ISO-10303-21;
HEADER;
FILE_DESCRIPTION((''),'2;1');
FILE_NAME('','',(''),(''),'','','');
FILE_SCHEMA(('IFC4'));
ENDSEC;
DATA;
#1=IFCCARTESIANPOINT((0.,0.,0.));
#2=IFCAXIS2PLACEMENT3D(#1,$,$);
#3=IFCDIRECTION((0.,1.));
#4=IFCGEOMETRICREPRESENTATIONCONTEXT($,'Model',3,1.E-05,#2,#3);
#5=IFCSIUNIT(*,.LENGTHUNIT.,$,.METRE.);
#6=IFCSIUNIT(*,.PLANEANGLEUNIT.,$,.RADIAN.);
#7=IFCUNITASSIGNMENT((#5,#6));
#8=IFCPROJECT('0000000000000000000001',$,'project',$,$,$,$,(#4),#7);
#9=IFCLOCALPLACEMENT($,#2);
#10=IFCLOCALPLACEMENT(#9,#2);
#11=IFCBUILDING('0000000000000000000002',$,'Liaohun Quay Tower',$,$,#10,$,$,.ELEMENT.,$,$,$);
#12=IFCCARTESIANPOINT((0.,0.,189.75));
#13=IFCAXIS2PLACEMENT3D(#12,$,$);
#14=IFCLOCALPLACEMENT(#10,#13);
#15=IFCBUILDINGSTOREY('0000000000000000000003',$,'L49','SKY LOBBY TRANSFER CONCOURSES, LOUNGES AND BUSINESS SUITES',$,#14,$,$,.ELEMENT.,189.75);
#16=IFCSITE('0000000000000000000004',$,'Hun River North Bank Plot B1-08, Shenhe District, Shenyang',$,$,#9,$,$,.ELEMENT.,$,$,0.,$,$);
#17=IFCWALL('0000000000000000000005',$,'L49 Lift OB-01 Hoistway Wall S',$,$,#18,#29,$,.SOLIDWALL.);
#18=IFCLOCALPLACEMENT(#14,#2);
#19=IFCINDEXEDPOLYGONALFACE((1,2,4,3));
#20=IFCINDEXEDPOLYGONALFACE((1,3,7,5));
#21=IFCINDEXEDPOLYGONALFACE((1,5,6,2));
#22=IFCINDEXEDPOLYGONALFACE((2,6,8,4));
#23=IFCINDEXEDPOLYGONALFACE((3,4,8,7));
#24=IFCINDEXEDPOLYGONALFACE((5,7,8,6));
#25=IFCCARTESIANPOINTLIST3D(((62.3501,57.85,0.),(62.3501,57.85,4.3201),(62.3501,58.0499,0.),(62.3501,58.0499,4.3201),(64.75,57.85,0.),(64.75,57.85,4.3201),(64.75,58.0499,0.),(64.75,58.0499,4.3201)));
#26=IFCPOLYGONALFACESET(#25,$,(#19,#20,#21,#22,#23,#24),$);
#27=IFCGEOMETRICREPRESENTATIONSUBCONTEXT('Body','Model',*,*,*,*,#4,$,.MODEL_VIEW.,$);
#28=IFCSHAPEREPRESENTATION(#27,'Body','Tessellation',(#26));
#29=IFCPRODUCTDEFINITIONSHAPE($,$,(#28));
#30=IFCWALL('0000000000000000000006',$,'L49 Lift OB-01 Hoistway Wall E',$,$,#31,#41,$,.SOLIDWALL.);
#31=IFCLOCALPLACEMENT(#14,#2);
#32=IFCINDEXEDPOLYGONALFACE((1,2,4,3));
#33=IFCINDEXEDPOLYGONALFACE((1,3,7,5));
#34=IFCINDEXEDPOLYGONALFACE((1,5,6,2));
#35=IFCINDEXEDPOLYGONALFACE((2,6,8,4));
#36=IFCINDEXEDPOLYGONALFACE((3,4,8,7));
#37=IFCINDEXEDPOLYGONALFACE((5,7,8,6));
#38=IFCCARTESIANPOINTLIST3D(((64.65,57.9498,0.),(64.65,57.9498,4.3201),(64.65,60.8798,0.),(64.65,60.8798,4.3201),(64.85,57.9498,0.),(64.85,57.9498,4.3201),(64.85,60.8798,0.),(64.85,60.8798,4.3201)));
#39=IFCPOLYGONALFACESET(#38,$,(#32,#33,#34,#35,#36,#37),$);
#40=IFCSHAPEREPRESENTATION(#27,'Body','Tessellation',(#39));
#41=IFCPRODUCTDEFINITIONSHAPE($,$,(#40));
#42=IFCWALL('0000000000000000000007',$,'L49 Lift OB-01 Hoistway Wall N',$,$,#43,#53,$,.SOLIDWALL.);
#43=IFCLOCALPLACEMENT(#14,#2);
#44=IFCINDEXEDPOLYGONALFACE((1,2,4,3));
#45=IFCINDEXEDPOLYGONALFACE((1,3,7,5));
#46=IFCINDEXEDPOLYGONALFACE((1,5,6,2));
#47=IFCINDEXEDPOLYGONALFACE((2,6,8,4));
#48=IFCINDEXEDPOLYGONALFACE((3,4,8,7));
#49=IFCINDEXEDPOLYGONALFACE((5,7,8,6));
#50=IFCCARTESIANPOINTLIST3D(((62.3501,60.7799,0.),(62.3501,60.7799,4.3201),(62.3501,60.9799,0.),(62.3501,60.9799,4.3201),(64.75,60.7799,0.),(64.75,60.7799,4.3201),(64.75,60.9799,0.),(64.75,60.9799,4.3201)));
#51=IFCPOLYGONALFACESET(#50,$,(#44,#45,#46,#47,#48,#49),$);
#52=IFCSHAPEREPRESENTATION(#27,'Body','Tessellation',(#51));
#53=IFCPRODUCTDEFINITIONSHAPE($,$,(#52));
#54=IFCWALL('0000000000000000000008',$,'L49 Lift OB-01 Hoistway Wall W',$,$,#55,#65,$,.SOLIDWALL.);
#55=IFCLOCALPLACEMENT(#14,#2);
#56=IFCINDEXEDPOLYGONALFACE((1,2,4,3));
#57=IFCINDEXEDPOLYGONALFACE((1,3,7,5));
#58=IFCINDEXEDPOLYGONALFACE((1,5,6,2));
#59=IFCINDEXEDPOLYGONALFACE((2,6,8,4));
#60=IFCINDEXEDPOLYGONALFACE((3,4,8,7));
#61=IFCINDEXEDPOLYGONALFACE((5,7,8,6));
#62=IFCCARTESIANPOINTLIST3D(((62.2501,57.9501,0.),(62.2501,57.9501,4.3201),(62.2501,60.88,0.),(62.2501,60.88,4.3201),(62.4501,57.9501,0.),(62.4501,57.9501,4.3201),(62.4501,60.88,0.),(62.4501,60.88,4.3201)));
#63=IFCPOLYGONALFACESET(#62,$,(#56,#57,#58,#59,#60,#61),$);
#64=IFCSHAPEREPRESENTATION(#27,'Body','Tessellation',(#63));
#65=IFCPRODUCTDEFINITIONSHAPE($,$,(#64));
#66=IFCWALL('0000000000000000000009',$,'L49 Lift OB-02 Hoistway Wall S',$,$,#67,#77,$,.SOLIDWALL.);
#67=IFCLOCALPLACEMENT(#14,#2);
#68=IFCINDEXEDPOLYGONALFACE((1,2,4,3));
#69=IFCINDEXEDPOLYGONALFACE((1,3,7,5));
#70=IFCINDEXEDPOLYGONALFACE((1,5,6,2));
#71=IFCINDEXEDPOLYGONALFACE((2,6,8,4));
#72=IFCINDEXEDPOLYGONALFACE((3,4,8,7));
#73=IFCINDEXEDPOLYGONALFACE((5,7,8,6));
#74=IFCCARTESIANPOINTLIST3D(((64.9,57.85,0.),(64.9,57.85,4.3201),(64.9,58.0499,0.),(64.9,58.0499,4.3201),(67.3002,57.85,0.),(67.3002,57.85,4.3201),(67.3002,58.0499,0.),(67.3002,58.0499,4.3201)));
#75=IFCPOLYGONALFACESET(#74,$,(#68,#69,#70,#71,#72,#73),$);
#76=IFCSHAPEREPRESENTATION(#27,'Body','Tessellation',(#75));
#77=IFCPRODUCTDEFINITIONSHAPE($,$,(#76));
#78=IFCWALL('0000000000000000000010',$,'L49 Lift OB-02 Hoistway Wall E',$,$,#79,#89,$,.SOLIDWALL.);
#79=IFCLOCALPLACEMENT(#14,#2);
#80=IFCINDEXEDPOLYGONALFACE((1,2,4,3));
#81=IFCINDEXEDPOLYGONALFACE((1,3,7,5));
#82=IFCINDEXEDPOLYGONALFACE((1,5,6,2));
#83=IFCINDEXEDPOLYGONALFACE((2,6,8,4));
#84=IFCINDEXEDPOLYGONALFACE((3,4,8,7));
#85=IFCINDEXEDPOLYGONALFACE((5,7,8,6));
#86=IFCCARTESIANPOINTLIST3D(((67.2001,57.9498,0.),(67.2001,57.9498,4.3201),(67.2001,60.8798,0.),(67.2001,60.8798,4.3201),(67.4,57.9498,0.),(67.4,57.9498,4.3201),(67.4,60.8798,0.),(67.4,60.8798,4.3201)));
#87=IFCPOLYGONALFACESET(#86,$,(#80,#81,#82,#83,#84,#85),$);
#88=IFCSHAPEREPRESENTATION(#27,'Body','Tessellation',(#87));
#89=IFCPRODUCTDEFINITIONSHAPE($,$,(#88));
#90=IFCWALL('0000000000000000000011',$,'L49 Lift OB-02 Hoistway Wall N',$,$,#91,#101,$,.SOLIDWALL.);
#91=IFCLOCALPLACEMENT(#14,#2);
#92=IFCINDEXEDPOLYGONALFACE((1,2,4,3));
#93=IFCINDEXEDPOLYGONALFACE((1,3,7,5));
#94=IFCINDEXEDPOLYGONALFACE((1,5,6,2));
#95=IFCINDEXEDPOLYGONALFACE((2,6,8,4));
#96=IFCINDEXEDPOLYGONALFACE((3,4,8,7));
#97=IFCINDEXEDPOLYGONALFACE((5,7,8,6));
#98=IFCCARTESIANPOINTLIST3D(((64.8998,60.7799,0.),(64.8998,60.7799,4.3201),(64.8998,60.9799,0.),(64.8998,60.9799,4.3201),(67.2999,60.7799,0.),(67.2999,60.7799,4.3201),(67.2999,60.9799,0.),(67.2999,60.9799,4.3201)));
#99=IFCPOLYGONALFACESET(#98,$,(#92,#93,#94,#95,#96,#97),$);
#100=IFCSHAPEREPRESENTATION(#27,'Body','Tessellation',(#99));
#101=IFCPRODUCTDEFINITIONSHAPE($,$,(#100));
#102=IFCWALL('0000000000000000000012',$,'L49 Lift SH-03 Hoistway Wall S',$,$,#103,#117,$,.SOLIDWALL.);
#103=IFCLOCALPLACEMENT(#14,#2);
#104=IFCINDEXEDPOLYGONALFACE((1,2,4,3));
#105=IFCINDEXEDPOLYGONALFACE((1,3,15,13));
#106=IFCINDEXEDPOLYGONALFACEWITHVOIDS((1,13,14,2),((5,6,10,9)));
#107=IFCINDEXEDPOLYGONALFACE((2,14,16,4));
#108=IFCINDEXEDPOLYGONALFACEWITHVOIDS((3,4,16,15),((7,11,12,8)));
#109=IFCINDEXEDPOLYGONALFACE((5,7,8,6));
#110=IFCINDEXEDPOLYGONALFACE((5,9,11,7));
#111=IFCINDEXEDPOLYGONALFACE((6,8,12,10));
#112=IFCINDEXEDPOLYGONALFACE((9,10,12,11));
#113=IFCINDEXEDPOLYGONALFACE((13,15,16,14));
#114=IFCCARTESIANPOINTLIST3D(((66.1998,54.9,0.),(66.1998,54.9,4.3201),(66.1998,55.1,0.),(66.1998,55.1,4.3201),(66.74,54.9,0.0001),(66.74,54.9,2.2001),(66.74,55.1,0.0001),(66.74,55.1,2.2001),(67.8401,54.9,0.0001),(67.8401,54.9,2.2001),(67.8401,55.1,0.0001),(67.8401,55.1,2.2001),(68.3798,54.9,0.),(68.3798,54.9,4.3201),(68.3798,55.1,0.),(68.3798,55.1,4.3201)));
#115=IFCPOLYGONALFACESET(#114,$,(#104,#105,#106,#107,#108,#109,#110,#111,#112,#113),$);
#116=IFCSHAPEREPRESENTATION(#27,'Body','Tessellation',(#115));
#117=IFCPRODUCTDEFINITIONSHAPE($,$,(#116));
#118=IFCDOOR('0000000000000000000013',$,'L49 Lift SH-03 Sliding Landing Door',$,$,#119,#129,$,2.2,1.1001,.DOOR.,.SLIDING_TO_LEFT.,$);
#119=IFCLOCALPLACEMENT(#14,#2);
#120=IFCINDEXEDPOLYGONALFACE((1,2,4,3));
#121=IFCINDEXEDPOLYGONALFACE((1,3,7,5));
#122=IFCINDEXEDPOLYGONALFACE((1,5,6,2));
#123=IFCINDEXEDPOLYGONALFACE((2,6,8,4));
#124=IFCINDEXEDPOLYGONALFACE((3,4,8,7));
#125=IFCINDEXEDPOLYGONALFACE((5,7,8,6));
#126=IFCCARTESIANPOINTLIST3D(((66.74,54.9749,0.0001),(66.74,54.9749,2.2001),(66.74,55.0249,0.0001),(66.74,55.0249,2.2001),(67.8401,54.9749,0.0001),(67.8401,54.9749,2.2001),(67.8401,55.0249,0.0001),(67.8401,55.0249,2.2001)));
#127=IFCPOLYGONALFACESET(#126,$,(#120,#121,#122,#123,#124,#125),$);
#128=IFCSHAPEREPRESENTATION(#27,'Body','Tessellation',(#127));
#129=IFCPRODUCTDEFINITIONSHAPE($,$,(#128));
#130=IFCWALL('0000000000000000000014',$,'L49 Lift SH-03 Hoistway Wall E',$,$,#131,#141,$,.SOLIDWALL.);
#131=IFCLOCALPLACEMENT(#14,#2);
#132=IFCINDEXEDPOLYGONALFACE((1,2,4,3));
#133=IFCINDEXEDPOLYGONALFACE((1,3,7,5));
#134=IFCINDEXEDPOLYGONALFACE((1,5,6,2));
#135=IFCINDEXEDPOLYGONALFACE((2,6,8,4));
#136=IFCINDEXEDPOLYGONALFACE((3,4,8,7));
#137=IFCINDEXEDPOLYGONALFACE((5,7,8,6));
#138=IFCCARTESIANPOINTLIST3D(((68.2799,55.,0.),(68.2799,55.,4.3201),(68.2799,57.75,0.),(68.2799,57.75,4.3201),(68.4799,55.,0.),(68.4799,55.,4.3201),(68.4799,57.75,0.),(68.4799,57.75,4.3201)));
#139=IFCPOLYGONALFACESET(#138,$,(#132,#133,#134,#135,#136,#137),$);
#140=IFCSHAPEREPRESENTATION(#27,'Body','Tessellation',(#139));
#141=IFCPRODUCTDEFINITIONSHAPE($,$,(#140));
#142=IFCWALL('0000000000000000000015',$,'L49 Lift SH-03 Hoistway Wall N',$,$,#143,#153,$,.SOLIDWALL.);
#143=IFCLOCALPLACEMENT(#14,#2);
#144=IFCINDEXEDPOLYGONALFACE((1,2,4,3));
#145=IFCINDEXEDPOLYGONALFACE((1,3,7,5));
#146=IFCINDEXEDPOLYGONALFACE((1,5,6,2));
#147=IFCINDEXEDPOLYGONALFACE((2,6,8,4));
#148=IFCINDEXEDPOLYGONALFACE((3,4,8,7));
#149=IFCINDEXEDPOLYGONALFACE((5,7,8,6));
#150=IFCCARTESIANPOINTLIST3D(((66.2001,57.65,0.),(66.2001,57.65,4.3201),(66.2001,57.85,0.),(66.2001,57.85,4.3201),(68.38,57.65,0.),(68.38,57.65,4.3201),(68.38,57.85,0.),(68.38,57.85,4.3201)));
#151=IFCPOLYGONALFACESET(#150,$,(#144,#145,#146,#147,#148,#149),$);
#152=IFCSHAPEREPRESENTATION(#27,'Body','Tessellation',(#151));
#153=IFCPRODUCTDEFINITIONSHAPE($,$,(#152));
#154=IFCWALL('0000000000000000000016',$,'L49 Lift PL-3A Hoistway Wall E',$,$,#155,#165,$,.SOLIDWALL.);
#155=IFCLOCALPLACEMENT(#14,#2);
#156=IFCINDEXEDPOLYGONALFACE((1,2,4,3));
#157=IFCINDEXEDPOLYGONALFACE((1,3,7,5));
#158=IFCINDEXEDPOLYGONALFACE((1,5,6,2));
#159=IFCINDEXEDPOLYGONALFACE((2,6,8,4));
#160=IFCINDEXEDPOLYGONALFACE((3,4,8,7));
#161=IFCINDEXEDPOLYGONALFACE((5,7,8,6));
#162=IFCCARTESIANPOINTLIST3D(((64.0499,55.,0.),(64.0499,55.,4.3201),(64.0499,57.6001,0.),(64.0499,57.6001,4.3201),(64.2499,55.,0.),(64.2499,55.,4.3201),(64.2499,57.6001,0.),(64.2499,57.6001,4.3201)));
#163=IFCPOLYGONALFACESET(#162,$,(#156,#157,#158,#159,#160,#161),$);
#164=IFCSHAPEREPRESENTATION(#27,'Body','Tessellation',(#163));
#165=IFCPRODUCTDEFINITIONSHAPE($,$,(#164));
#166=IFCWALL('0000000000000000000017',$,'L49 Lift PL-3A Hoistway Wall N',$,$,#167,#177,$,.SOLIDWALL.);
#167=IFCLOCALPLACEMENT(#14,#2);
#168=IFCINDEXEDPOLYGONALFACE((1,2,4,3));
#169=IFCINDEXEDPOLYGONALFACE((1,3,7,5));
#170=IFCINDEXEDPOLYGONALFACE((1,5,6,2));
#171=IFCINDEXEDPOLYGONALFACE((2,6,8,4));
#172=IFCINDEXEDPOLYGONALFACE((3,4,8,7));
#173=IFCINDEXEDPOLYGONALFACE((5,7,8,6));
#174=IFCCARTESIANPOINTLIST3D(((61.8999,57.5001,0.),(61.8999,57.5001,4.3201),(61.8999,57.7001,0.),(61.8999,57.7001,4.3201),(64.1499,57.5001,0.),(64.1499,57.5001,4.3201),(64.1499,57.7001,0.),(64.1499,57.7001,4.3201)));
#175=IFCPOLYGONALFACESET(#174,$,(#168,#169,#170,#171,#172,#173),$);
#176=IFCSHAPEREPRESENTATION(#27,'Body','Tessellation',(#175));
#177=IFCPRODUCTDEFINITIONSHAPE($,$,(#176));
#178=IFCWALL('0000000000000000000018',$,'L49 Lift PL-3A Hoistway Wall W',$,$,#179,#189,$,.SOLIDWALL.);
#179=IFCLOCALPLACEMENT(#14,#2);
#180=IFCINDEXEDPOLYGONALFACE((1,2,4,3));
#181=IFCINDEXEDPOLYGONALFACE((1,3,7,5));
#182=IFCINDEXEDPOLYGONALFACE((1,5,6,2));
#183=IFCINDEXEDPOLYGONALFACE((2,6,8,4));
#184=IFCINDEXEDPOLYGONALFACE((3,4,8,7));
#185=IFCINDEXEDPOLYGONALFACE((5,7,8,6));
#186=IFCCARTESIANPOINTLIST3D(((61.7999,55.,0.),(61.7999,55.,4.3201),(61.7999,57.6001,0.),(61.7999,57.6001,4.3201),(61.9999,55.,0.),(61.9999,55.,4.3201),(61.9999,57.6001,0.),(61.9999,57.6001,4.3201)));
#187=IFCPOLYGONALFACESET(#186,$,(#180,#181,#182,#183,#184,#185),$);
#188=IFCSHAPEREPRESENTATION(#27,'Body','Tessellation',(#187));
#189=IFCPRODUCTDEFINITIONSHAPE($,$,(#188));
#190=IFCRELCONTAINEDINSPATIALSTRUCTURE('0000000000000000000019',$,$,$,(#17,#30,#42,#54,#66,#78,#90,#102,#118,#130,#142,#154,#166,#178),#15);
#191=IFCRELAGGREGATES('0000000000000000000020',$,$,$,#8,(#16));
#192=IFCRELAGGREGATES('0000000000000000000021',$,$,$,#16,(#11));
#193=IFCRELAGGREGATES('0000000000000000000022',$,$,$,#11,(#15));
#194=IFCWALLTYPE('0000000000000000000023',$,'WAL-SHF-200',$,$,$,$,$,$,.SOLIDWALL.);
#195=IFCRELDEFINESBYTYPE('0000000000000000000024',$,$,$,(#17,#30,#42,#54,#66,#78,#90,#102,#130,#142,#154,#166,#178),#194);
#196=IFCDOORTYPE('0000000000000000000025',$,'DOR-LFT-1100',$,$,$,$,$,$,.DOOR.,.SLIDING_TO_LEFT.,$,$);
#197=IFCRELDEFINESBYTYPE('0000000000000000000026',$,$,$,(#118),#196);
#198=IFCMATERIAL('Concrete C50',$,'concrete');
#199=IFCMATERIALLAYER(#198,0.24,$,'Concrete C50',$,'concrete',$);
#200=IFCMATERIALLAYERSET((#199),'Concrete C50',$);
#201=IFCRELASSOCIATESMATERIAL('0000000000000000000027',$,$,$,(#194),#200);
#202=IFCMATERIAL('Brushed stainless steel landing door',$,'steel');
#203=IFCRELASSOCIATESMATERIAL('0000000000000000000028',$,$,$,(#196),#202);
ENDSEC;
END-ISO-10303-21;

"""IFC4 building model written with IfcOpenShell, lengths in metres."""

from ifc_helpers import new_model, si_unit, direction, frame, frame_2d, origin, place, context, subcontext, project, spatial, rectangle, extrude, source, transform, mapped, material, layer, layer_set, type_object, element, fill, save


model = new_model("IFC4")

# Units and contexts
model_context = context("Model", 3, precision=1e-05, world=origin(), true_north=direction((0.0, 1.0)))
body_context = subcontext(model_context, "Body", "Model", "MODEL_VIEW")
ifc_project = project(units=[si_unit("LENGTHUNIT", "METRE"), si_unit("PLANEANGLEUNIT", "RADIAN")], contexts=[model_context])

# Site, building, storey
site_placement = place(None, origin())
site = spatial("IfcSite", under=ifc_project, at=site_placement, Name="Hun River North Bank Plot B1-08, Shenhe District, Shenyang", CompositionType="ELEMENT", RefElevation=0.0)
building_placement = place(site_placement, origin())
building = spatial("IfcBuilding", under=site, at=building_placement, Name="Liaohun Quay Tower", CompositionType="ELEMENT")
storey_placement = place(building_placement, frame((0.0, 0.0, 189.75)))
storey = spatial("IfcBuildingStorey", under=building, at=storey_placement, Name="L49", Description="SKY LOBBY TRANSFER CONCOURSES, LOUNGES AND BUSINESS SUITES", CompositionType="ELEMENT", Elevation=189.75)

# Walls
ifc_material_1 = material(Name="Concrete C50", Category="concrete")
ifc_layer = layer(ifc_material_1, 0.24, Name="Concrete C50", Category="concrete")
ifc_layer_set = layer_set([ifc_layer], Name="Concrete C50")
wall_type = type_object("IfcWallType", Name="WAL-SHF-200", PredefinedType="SOLIDWALL", material=ifc_layer_set)
wall_1_placement = place(storey_placement, frame((62.3501, 57.95, 0.0), z_axis=(0.0, 0.0, 1.0), x_axis=(1.0, 0.0, 0.0)))
element("IfcWall", 1, at=wall_1_placement, inside=storey, type_object=wall_type, Name="L49 Lift OB-01 Hoistway Wall S", PredefinedType="SOLIDWALL", context=body_context, shape_type="SweptSolid", body=[
    extrude(rectangle(XDim=2.3999, YDim=0.2, at=frame_2d((1.2, 0.0))), origin(), (0.0, 0.0, 1.0), 4.3201),
])
wall_2_placement = place(storey_placement, frame((64.75, 57.95, 0.0), z_axis=(0.0, 0.0, 1.0), x_axis=(0.0, 1.0, 0.0)))
element("IfcWall", 2, at=wall_2_placement, inside=storey, type_object=wall_type, Name="L49 Lift OB-01 Hoistway Wall E", PredefinedType="SOLIDWALL", context=body_context, shape_type="SweptSolid", body=[
    extrude(rectangle(XDim=2.9299, YDim=0.2, at=frame_2d((1.4648, 0.0))), origin(), (0.0, 0.0, 1.0), 4.3201),
])
wall_3_placement = place(storey_placement, frame((64.75, 60.8799, 0.0), z_axis=(0.0, 0.0, 1.0), x_axis=(-1.0, 0.0, 0.0)))
element("IfcWall", 3, at=wall_3_placement, inside=storey, type_object=wall_type, Name="L49 Lift OB-01 Hoistway Wall N", PredefinedType="SOLIDWALL", context=body_context, shape_type="SweptSolid", body=[
    extrude(rectangle(XDim=2.3999, YDim=0.2, at=frame_2d((1.2, 0.0))), origin(), (0.0, 0.0, 1.0), 4.3201),
])
wall_4_placement = place(storey_placement, frame((62.3501, 60.8799, 0.0), z_axis=(0.0, 0.0, 1.0), x_axis=(0.0, -1.0, 0.0)))
element("IfcWall", 4, at=wall_4_placement, inside=storey, type_object=wall_type, Name="L49 Lift OB-01 Hoistway Wall W", PredefinedType="SOLIDWALL", context=body_context, shape_type="SweptSolid", body=[
    extrude(rectangle(XDim=2.9299, YDim=0.2, at=frame_2d((1.4648, 0.0))), origin(), (0.0, 0.0, 1.0), 4.3201),
])
wall_5_placement = place(storey_placement, frame((64.8999, 57.95, 0.0), z_axis=(0.0, 0.0, 1.0), x_axis=(1.0, 0.0, 0.0)))
element("IfcWall", 5, at=wall_5_placement, inside=storey, type_object=wall_type, Name="L49 Lift OB-02 Hoistway Wall S", PredefinedType="SOLIDWALL", context=body_context, shape_type="SweptSolid", body=[
    extrude(rectangle(XDim=2.4001, YDim=0.2, at=frame_2d((1.2002, 0.0))), origin(), (0.0, 0.0, 1.0), 4.3201),
])
wall_6_placement = place(storey_placement, frame((67.3, 57.95, 0.0), z_axis=(0.0, 0.0, 1.0), x_axis=(0.0, 1.0, 0.0)))
element("IfcWall", 6, at=wall_6_placement, inside=storey, type_object=wall_type, Name="L49 Lift OB-02 Hoistway Wall E", PredefinedType="SOLIDWALL", context=body_context, shape_type="SweptSolid", body=[
    extrude(rectangle(XDim=2.9299, YDim=0.2, at=frame_2d((1.4648, 0.0))), origin(), (0.0, 0.0, 1.0), 4.3201),
])
wall_7_placement = place(storey_placement, frame((67.3, 60.8799, 0.0), z_axis=(0.0, 0.0, 1.0), x_axis=(-1.0, 0.0, 0.0)))
element("IfcWall", 7, at=wall_7_placement, inside=storey, type_object=wall_type, Name="L49 Lift OB-02 Hoistway Wall N", PredefinedType="SOLIDWALL", context=body_context, shape_type="SweptSolid", body=[
    extrude(rectangle(XDim=2.4001, YDim=0.2, at=frame_2d((1.2002, 0.0))), origin(), (0.0, 0.0, 1.0), 4.3201),
])

# Wall, opening, door
wall_8_placement = place(storey_placement, frame((66.2, 55.0, 0.0), z_axis=(0.0, 0.0, 1.0), x_axis=(1.0, 0.0, 0.0)))
wall_8 = element("IfcWall", 8, at=wall_8_placement, inside=storey, type_object=wall_type, Name="L49 Lift SH-03 Hoistway Wall S", PredefinedType="SOLIDWALL", context=body_context, shape_type="SweptSolid", body=[
    extrude(rectangle(XDim=2.1799, YDim=0.2, at=frame_2d((1.0898, 0.0))), origin(), (0.0, 0.0, 1.0), 4.3201),
])
shared_shape_1 = source(origin(), body_context, "Body", "SweptSolid", [
    extrude(rectangle(XDim=1.1001, YDim=2.2, at=frame_2d((0.55, 1.1001))), frame((0.0, 0.1099, 0.0), z_axis=(0.0, -1.0, 0.0), x_axis=(1.0, 0.0, 0.0)), (0.0, 0.0, 1.0), 0.22),
])
opening_1_placement = place(wall_8_placement, frame((0.54, 0.0, 0.0)))
opening_1 = element("IfcOpeningElement", 9, at=opening_1_placement, cuts=wall_8, PredefinedType="OPENING", context=body_context, shape_type="MappedRepresentation", body=[
    mapped(shared_shape_1, transform((0.0, 0.0, 0.0), x_axis=(1.0, 0.0, 0.0), y_axis=(0.0, 1.0, 0.0), z_axis=(0.0, 0.0, 1.0), scale=1.0)),
])
ifc_material_2 = material(Name="Brushed stainless steel landing door", Category="steel")
door_type = type_object("IfcDoorType", Name="DOR-LFT-1100", OperationType="SLIDING_TO_LEFT", PredefinedType="DOOR", material=ifc_material_2)
shared_shape_2 = source(origin(), body_context, "Body", "SweptSolid", [
    extrude(rectangle(XDim=1.1001, YDim=2.2, at=frame_2d((0.55, 1.1001))), frame((0.0, 0.0249, 0.0), z_axis=(0.0, -1.0, 0.0), x_axis=(1.0, 0.0, 0.0)), (0.0, 0.0, 1.0), 0.05),
])
door_1_placement = place(opening_1_placement, origin())
door_1 = element("IfcDoor", 10, at=door_1_placement, inside=storey, type_object=door_type, Name="L49 Lift SH-03 Sliding Landing Door", OperationType="SLIDING_TO_LEFT", OverallHeight=2.2, OverallWidth=1.1001, PredefinedType="DOOR", context=body_context, shape_type="MappedRepresentation", body=[
    mapped(shared_shape_2, transform((0.0, 0.0, 0.0), x_axis=(1.0, 0.0, 0.0), y_axis=(0.0, 1.0, 0.0), z_axis=(0.0, 0.0, 1.0), scale=1.0)),
])
fill(opening_1, door_1)

# Walls
wall_9_placement = place(storey_placement, frame((68.3799, 55.0, 0.0), z_axis=(0.0, 0.0, 1.0), x_axis=(0.0, 1.0, 0.0)))
element("IfcWall", 11, at=wall_9_placement, inside=storey, type_object=wall_type, Name="L49 Lift SH-03 Hoistway Wall E", PredefinedType="SOLIDWALL", context=body_context, shape_type="SweptSolid", body=[
    extrude(rectangle(XDim=2.75, YDim=0.2, at=frame_2d((1.375, 0.0))), origin(), (0.0, 0.0, 1.0), 4.3201),
])
wall_10_placement = place(storey_placement, frame((68.3799, 57.75, 0.0), z_axis=(0.0, 0.0, 1.0), x_axis=(-1.0, 0.0, 0.0)))
element("IfcWall", 12, at=wall_10_placement, inside=storey, type_object=wall_type, Name="L49 Lift SH-03 Hoistway Wall N", PredefinedType="SOLIDWALL", context=body_context, shape_type="SweptSolid", body=[
    extrude(rectangle(XDim=2.1799, YDim=0.2, at=frame_2d((1.0898, 0.0))), origin(), (0.0, 0.0, 1.0), 4.3201),
])
wall_11_placement = place(storey_placement, frame((64.1499, 55.0, 0.0), z_axis=(0.0, 0.0, 1.0), x_axis=(0.0, 1.0, 0.0)))
element("IfcWall", 13, at=wall_11_placement, inside=storey, type_object=wall_type, Name="L49 Lift PL-3A Hoistway Wall E", PredefinedType="SOLIDWALL", context=body_context, shape_type="SweptSolid", body=[
    extrude(rectangle(XDim=2.6001, YDim=0.2, at=frame_2d((1.3, 0.0))), origin(), (0.0, 0.0, 1.0), 4.3201),
])
wall_12_placement = place(storey_placement, frame((64.1499, 57.6001, 0.0), z_axis=(0.0, 0.0, 1.0), x_axis=(-1.0, 0.0, 0.0)))
element("IfcWall", 14, at=wall_12_placement, inside=storey, type_object=wall_type, Name="L49 Lift PL-3A Hoistway Wall N", PredefinedType="SOLIDWALL", context=body_context, shape_type="SweptSolid", body=[
    extrude(rectangle(XDim=2.25, YDim=0.2, at=frame_2d((1.125, 0.0))), origin(), (0.0, 0.0, 1.0), 4.3201),
])
wall_13_placement = place(storey_placement, frame((61.8999, 57.6001, 0.0), z_axis=(0.0, 0.0, 1.0), x_axis=(0.0, -1.0, 0.0)))
element("IfcWall", 15, at=wall_13_placement, inside=storey, type_object=wall_type, Name="L49 Lift PL-3A Hoistway Wall W", PredefinedType="SOLIDWALL", context=body_context, shape_type="SweptSolid", body=[
    extrude(rectangle(XDim=2.6001, YDim=0.2, at=frame_2d((1.3, 0.0))), origin(), (0.0, 0.0, 1.0), 4.3201),
])

save(model, "model.ifc")
